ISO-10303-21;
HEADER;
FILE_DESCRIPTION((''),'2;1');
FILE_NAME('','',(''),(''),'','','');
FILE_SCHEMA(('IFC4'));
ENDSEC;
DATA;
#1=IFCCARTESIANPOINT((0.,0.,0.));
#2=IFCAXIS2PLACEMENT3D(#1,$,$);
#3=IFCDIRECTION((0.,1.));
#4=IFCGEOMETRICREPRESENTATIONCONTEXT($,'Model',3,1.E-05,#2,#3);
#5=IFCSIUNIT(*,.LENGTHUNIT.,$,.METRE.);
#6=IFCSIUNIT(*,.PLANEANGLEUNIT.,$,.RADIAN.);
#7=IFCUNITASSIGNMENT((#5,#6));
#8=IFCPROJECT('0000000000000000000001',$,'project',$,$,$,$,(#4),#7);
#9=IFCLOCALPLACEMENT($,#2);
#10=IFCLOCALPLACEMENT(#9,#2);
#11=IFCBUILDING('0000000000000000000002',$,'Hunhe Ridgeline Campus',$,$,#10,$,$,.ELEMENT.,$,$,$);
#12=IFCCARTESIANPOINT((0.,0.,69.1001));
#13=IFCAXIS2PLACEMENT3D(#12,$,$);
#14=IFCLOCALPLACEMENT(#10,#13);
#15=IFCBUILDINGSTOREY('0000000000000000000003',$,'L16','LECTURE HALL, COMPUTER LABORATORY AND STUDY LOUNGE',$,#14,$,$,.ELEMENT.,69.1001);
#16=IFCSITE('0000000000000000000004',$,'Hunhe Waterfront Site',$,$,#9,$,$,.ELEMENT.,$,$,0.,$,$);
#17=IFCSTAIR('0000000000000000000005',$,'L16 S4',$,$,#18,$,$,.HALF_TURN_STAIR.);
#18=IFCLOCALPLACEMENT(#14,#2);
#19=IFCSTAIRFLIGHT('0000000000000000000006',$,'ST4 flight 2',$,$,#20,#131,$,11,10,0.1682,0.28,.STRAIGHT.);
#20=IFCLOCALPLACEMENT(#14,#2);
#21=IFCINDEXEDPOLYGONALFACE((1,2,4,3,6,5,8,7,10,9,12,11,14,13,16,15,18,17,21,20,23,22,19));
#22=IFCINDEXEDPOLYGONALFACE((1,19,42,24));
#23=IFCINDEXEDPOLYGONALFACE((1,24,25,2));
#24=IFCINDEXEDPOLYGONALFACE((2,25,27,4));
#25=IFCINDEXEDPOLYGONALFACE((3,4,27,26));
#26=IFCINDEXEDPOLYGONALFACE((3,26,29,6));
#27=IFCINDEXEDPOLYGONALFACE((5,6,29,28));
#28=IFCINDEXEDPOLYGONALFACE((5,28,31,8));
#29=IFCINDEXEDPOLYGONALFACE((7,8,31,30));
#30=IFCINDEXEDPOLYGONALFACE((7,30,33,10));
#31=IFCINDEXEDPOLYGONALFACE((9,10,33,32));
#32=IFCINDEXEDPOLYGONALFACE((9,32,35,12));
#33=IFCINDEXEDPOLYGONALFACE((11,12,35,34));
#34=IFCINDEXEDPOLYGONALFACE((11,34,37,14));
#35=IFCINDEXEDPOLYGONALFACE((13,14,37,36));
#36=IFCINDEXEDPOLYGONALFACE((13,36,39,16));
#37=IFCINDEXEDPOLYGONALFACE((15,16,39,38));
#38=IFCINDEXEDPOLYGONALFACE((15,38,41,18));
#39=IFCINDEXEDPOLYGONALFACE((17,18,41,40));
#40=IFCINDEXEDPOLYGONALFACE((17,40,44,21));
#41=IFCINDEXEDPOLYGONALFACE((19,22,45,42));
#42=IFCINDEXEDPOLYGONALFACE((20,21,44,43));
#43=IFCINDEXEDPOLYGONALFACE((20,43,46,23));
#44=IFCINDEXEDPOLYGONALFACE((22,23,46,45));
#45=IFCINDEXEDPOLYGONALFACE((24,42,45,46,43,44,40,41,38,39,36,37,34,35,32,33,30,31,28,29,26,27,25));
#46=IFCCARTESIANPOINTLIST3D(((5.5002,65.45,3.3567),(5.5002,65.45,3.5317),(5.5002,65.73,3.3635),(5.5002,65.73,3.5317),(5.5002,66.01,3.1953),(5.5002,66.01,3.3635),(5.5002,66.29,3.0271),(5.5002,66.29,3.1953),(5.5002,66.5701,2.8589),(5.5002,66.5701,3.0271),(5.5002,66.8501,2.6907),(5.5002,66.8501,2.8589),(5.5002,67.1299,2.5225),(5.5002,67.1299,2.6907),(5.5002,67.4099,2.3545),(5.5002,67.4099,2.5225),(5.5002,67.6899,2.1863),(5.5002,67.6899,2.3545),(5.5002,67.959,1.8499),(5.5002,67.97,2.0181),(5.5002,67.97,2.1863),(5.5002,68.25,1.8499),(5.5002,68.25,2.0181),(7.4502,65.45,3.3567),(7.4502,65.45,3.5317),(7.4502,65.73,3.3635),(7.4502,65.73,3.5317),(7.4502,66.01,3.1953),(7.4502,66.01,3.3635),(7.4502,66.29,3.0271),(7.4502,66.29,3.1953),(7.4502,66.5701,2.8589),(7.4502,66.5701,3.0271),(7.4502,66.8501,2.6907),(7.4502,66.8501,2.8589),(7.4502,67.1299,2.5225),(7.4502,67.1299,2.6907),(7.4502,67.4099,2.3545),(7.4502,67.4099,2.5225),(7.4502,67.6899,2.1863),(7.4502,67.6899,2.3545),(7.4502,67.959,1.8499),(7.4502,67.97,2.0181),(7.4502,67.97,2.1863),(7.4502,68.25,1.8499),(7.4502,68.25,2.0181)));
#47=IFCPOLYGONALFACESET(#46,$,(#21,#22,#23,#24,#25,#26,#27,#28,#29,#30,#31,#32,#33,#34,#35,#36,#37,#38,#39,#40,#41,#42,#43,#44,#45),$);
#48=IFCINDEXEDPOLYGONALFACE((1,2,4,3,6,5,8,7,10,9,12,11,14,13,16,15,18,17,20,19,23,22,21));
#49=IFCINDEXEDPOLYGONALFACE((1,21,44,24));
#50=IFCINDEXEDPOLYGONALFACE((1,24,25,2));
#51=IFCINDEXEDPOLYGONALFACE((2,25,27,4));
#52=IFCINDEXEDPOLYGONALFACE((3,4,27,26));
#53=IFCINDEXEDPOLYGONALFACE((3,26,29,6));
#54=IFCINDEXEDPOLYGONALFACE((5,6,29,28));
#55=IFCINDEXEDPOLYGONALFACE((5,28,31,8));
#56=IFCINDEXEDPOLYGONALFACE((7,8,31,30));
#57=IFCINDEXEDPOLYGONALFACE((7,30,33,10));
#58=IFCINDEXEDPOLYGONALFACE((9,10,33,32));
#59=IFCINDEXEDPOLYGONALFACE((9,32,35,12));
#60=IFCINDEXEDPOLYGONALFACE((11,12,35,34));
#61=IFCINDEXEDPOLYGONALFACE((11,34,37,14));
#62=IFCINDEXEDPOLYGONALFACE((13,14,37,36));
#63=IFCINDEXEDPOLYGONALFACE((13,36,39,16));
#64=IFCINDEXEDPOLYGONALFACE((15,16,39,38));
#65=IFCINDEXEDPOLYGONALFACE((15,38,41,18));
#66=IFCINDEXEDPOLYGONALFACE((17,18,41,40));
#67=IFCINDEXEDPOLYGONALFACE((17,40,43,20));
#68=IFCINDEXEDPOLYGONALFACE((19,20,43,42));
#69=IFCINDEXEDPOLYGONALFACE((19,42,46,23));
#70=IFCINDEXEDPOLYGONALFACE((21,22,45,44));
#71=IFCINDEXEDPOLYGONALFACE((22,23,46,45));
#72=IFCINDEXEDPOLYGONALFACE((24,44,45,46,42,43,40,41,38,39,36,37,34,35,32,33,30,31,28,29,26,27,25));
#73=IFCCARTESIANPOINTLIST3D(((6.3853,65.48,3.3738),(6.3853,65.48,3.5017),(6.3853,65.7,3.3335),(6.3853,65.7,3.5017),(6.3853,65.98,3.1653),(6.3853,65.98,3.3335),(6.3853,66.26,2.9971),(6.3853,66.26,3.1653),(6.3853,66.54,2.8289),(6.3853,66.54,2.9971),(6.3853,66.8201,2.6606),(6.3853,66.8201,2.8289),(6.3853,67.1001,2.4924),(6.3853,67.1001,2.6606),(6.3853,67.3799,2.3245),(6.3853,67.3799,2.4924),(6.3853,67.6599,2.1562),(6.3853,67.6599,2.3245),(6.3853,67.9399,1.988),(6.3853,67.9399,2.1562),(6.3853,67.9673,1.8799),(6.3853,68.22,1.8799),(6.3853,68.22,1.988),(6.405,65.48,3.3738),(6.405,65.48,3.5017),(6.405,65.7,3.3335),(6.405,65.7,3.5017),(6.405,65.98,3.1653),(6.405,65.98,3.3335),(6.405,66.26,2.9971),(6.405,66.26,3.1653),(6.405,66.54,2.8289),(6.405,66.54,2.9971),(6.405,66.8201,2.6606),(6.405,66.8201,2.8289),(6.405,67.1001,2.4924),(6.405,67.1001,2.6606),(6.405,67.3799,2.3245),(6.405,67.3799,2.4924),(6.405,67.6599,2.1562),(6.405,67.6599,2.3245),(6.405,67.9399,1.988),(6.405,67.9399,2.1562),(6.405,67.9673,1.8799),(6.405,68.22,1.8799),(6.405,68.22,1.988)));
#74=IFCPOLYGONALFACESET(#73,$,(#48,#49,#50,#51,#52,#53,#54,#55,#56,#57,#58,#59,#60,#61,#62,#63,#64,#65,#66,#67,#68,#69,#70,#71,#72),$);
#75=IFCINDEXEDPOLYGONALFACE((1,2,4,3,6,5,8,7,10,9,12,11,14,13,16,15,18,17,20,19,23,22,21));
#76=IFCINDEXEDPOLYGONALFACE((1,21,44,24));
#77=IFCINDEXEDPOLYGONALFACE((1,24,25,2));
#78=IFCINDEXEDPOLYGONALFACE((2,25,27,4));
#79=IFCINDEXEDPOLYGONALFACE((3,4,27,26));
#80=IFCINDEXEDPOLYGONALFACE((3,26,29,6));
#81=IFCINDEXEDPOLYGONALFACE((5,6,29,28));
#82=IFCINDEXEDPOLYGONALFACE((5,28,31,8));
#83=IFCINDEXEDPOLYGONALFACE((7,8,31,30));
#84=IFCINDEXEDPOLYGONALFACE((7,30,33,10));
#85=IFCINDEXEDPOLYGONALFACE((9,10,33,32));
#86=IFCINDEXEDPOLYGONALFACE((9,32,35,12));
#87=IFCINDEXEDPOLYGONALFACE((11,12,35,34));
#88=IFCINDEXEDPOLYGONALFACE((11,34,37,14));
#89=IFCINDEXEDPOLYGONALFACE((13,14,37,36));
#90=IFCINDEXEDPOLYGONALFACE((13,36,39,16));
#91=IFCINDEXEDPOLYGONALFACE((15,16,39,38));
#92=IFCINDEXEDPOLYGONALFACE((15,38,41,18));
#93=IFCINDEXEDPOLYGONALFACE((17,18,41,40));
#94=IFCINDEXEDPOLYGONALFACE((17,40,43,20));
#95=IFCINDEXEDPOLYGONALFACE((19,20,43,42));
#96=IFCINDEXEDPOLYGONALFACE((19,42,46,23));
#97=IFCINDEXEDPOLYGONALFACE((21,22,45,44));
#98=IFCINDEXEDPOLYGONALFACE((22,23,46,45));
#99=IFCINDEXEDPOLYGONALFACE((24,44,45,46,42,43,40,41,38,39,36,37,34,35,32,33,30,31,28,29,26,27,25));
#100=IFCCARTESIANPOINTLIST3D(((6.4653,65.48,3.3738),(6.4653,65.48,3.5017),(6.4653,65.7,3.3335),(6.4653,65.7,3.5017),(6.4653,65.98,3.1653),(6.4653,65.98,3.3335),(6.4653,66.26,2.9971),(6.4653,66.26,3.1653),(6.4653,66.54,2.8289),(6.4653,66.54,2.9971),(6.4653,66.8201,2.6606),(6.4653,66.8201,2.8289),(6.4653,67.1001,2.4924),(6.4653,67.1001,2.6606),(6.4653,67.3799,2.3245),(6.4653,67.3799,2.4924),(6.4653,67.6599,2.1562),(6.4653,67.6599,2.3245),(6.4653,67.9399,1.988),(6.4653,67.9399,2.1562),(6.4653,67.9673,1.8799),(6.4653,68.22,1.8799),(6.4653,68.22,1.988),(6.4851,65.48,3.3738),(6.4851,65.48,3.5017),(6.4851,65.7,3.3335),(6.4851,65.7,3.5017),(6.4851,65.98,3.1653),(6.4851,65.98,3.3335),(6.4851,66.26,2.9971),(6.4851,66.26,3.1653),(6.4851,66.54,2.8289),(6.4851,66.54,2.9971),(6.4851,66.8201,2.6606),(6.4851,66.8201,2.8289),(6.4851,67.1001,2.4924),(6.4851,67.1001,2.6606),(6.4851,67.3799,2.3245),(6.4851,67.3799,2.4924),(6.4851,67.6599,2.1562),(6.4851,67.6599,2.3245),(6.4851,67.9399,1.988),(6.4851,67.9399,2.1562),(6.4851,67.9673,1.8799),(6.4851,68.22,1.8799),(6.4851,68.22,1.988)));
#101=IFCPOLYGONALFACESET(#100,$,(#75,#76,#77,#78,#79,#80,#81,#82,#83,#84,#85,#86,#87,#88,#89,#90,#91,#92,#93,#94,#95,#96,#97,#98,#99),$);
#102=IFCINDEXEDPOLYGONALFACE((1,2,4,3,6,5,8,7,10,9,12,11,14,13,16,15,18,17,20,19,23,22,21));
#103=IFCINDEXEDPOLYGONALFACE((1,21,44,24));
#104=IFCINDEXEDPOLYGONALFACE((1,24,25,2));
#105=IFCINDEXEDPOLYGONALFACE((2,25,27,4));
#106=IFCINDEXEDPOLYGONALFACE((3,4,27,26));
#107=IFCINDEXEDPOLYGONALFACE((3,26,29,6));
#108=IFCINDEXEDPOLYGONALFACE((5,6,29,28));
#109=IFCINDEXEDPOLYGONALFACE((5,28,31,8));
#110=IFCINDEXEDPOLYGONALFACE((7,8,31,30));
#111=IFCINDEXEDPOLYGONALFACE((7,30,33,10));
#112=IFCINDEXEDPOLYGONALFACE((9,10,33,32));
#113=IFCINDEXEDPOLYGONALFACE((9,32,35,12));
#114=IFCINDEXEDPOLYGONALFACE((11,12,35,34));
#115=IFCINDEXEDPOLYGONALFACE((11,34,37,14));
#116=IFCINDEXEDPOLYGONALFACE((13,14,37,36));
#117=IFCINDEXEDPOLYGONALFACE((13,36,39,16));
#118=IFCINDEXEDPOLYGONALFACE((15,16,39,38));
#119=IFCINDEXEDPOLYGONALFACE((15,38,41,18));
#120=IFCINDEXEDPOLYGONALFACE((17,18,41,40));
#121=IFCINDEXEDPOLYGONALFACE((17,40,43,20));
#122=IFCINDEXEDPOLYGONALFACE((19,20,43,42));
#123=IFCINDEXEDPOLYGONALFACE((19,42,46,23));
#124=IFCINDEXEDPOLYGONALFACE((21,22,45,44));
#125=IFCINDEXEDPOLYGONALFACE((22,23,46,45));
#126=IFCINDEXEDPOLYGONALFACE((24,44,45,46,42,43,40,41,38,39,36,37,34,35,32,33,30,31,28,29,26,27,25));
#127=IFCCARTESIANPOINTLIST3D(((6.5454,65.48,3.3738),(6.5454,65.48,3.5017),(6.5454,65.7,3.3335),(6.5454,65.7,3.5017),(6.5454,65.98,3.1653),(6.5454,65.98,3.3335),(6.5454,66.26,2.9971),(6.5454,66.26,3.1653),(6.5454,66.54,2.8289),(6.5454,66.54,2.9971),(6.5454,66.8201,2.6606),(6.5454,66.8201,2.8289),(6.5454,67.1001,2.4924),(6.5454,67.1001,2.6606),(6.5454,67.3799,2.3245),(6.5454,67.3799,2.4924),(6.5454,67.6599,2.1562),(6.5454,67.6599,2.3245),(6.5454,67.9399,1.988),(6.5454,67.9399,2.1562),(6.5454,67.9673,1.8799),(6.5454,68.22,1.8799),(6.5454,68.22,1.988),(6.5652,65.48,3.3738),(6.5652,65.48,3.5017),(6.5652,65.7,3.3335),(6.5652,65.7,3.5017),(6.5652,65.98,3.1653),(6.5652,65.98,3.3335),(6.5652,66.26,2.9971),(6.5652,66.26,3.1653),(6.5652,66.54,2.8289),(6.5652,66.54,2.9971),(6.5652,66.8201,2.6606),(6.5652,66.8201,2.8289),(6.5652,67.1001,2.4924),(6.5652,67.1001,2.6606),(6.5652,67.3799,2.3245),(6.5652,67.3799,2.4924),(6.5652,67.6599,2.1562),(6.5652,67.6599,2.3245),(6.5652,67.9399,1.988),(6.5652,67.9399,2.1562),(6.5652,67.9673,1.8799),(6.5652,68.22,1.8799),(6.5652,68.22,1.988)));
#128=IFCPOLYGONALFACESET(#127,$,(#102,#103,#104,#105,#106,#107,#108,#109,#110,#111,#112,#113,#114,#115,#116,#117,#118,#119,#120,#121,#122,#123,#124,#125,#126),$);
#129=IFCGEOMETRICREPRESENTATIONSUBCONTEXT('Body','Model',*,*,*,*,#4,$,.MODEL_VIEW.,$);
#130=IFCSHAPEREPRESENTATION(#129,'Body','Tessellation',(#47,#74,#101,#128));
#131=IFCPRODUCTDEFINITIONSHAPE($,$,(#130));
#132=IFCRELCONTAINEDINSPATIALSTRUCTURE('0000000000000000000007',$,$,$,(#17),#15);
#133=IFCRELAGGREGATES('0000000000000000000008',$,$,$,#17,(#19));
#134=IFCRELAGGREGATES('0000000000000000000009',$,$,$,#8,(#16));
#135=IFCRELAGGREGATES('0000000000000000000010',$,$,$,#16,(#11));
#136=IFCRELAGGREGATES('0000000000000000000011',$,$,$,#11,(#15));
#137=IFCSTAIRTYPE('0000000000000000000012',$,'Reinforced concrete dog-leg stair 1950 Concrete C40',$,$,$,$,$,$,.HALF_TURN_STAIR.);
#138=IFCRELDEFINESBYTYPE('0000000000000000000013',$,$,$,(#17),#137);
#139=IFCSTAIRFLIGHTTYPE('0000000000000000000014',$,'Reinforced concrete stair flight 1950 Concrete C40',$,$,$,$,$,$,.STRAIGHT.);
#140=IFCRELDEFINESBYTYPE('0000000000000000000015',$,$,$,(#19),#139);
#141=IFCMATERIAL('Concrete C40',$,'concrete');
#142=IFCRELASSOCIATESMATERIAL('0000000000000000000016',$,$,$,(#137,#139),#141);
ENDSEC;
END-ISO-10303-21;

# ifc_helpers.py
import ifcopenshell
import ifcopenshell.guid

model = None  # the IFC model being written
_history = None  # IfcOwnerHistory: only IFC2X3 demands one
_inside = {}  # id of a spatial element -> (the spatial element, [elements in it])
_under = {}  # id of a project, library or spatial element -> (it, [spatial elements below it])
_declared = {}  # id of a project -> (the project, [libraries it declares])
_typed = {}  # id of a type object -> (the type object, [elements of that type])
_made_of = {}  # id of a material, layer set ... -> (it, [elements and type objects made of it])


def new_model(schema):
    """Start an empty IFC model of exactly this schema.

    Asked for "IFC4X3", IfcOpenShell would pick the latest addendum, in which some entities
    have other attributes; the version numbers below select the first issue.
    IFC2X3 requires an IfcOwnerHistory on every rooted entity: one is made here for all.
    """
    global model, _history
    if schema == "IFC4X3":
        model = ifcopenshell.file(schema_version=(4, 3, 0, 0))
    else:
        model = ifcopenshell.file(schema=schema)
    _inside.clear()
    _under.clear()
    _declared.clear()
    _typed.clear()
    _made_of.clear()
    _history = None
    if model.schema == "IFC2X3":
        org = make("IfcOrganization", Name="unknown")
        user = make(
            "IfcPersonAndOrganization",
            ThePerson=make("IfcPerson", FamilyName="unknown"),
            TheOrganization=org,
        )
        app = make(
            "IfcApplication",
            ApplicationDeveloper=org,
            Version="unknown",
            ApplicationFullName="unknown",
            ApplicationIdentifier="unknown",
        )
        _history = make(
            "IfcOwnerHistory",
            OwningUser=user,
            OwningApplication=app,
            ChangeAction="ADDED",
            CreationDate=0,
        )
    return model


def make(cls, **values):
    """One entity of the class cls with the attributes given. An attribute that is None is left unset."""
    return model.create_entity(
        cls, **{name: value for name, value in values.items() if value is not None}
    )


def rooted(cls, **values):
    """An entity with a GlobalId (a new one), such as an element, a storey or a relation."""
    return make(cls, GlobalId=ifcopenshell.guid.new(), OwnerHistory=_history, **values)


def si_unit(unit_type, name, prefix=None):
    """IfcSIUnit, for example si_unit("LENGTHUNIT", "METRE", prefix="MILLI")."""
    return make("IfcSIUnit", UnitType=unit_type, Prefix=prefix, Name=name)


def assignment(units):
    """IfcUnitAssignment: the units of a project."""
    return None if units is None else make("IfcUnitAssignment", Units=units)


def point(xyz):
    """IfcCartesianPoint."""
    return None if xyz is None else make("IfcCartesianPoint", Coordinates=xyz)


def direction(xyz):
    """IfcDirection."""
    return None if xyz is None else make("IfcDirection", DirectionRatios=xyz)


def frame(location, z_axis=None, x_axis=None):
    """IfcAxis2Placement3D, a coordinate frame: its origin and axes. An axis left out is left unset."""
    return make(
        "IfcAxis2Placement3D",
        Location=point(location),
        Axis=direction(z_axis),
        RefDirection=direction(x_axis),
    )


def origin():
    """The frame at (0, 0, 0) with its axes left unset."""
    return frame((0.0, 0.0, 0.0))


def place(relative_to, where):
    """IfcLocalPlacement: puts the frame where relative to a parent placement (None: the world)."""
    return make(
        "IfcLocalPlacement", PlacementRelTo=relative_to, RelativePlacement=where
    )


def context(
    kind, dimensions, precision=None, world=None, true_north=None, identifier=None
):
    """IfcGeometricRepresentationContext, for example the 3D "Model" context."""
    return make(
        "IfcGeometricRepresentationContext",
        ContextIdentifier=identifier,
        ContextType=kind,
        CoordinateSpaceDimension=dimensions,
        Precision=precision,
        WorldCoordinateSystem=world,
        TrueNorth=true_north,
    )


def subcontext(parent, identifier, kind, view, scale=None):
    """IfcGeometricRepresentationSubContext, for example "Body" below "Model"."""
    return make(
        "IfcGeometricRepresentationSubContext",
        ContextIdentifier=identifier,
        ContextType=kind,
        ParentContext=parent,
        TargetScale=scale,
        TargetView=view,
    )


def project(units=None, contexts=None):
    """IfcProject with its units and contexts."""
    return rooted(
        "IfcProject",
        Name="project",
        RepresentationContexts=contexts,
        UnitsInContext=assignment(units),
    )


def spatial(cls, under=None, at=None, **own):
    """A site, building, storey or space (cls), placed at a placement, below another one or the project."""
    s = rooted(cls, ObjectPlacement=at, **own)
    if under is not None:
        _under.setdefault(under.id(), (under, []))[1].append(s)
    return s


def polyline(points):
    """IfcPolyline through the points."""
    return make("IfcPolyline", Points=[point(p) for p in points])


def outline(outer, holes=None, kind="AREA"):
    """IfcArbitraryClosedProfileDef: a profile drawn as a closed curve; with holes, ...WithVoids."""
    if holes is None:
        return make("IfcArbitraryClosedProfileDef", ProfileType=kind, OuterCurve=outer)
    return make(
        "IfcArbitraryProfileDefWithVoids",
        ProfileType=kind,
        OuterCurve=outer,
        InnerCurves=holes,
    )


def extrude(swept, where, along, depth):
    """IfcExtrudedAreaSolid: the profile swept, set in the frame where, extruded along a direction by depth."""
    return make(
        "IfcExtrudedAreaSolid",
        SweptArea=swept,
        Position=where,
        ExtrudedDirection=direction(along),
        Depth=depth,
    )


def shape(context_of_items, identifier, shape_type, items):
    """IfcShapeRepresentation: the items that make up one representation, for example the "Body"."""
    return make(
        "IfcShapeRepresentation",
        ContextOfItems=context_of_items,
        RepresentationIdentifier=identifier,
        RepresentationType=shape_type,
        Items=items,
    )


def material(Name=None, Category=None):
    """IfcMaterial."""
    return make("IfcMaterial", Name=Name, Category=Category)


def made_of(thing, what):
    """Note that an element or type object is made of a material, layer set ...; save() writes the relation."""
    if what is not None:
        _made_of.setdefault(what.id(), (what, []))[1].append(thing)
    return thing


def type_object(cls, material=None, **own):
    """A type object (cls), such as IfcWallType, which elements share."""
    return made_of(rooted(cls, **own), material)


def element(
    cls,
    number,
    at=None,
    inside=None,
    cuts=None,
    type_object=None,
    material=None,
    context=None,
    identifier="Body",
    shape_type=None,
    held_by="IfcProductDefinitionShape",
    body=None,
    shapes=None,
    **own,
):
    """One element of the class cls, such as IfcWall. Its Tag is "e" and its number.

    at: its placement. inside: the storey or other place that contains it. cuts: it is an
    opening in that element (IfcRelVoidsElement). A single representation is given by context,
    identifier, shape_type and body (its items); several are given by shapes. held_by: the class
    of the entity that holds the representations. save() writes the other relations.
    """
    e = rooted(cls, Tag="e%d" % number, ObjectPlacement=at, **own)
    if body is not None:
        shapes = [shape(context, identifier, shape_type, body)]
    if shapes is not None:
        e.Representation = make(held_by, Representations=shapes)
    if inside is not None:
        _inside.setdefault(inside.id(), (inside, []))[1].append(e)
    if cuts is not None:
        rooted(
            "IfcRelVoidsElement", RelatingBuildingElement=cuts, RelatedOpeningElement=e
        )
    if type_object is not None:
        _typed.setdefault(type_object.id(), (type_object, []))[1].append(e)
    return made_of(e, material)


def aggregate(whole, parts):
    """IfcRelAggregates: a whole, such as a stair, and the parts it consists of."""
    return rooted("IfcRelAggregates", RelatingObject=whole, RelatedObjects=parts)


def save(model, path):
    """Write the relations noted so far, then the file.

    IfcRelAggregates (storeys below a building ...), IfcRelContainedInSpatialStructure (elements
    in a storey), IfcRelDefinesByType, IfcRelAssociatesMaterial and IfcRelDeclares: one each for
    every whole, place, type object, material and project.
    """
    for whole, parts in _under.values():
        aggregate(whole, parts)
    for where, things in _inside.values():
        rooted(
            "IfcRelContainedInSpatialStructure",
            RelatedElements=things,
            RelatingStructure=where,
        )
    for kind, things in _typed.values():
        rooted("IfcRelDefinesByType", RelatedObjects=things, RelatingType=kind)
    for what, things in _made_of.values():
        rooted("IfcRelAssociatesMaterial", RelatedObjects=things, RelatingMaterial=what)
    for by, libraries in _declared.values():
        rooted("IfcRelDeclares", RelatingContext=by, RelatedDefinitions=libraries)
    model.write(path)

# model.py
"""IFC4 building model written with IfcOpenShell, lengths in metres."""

from ifc_helpers import new_model, si_unit, direction, frame, origin, place, context, subcontext, project, spatial, polyline, outline, extrude, material, type_object, element, aggregate, save


model = new_model("IFC4")

# Units and contexts
model_context = context("Model", 3, precision=1e-05, world=origin(), true_north=direction((0.0, 1.0)))
body_context = subcontext(model_context, "Body", "Model", "MODEL_VIEW")
ifc_project = project(units=[si_unit("LENGTHUNIT", "METRE"), si_unit("PLANEANGLEUNIT", "RADIAN")], contexts=[model_context])

# Site, building, storey
site_placement = place(None, origin())
site = spatial("IfcSite", under=ifc_project, at=site_placement, Name="Hunhe Waterfront Site", CompositionType="ELEMENT", RefElevation=0.0)
building_placement = place(site_placement, origin())
building = spatial("IfcBuilding", under=site, at=building_placement, Name="Hunhe Ridgeline Campus", CompositionType="ELEMENT")
storey_placement = place(building_placement, frame((0.0, 0.0, 69.1001)))
storey = spatial("IfcBuildingStorey", under=building, at=storey_placement, Name="L16", Description="LECTURE HALL, COMPUTER LABORATORY AND STUDY LOUNGE", CompositionType="ELEMENT", Elevation=69.1001)

# Stair, stair flight
ifc_material_1 = material(Name="Concrete C40", Category="concrete")
stair_type = type_object("IfcStairType", Name="Reinforced concrete dog-leg stair 1950 Concrete C40", PredefinedType="HALF_TURN_STAIR", material=ifc_material_1)
stair_flight_type = type_object("IfcStairFlightType", Name="Reinforced concrete stair flight 1950 Concrete C40", PredefinedType="STRAIGHT", material=ifc_material_1)
stair_1_placement = place(storey_placement, origin())
stair_1 = element("IfcStair", 1, at=stair_1_placement, inside=storey, type_object=stair_type, Name="L16 S4", PredefinedType="HALF_TURN_STAIR")
stair_flight_1_placement = place(storey_placement, frame((6.4751, 68.25, 1.8499), z_axis=(0.0, 0.0, 1.0), x_axis=(0.0, -1.0, 0.0)))
stair_flight_1 = element("IfcStairFlight", 2, at=stair_flight_1_placement, type_object=stair_flight_type, Name="ST4 flight 2", NumberOfRisers=11, NumberOfTreads=10, PredefinedType="STRAIGHT", RiserHeight=0.1682, TreadLength=0.28, context=body_context, shape_type="SweptSolid", body=[
    extrude(outline(polyline([(0.0, 0.0), (0.0, 0.1682), (0.28, 0.1682), (0.28, 0.3364), (0.5601, 0.3364), (0.5601, 0.5046), (0.8401, 0.5046), (0.8401, 0.6726), (1.1201, 0.6726), (1.1201, 0.8408), (1.3999, 0.8408), (1.3999, 1.009), (1.6799, 1.009), (1.6799, 1.1772), (1.96, 1.1772), (1.96, 1.3455), (2.24, 1.3455), (2.24, 1.5137), (2.52, 1.5137), (2.52, 1.6819), (2.8, 1.6819), (2.8, 1.8501), (2.8, 1.5068), (0.291, 0.0), (0.0, 0.0)])), frame((0.0, 0.9751, 0.0), z_axis=(0.0, -1.0, 0.0), x_axis=(1.0, 0.0, 0.0)), (0.0, 0.0, 1.0), 1.95),
    extrude(outline(polyline([(0.03, 0.03), (0.03, 0.1382), (0.3101, 0.1382), (0.3101, 0.3064), (0.5901, 0.3064), (0.5901, 0.4746), (0.8701, 0.4746), (0.8701, 0.6426), (1.1499, 0.6426), (1.1499, 0.8108), (1.4299, 0.8108), (1.4299, 0.979), (1.71, 0.979), (1.71, 1.1472), (1.99, 1.1472), (1.99, 1.3154), (2.27, 1.3154), (2.27, 1.4836), (2.55, 1.4836), (2.55, 1.6519), (2.77, 1.6519), (2.77, 1.5239), (0.2827, 0.03), (0.03, 0.03)])), frame((0.0, -0.0701, 0.0), z_axis=(0.0, -1.0, 0.0), x_axis=(1.0, 0.0, 0.0)), (0.0, 0.0, 1.0), 0.0198),
    extrude(outline(polyline([(0.03, 0.03), (0.03, 0.1382), (0.3101, 0.1382), (0.3101, 0.3064), (0.5901, 0.3064), (0.5901, 0.4746), (0.8701, 0.4746), (0.8701, 0.6426), (1.1499, 0.6426), (1.1499, 0.8108), (1.4299, 0.8108), (1.4299, 0.979), (1.71, 0.979), (1.71, 1.1472), (1.99, 1.1472), (1.99, 1.3154), (2.27, 1.3154), (2.27, 1.4836), (2.55, 1.4836), (2.55, 1.6519), (2.77, 1.6519), (2.77, 1.5239), (0.2827, 0.03), (0.03, 0.03)])), frame((0.0, 0.01, 0.0), z_axis=(0.0, -1.0, 0.0), x_axis=(1.0, 0.0, 0.0)), (0.0, 0.0, 1.0), 0.0198),
    extrude(outline(polyline([(0.03, 0.03), (0.03, 0.1382), (0.3101, 0.1382), (0.3101, 0.3064), (0.5901, 0.3064), (0.5901, 0.4746), (0.8701, 0.4746), (0.8701, 0.6426), (1.1499, 0.6426), (1.1499, 0.8108), (1.4299, 0.8108), (1.4299, 0.979), (1.71, 0.979), (1.71, 1.1472), (1.99, 1.1472), (1.99, 1.3154), (2.27, 1.3154), (2.27, 1.4836), (2.55, 1.4836), (2.55, 1.6519), (2.77, 1.6519), (2.77, 1.5239), (0.2827, 0.03), (0.03, 0.03)])), frame((0.0, 0.0901, 0.0), z_axis=(0.0, -1.0, 0.0), x_axis=(1.0, 0.0, 0.0)), (0.0, 0.0, 1.0), 0.0198),
])
aggregate(stair_1, [stair_flight_1])

save(model, "model.ifc")
